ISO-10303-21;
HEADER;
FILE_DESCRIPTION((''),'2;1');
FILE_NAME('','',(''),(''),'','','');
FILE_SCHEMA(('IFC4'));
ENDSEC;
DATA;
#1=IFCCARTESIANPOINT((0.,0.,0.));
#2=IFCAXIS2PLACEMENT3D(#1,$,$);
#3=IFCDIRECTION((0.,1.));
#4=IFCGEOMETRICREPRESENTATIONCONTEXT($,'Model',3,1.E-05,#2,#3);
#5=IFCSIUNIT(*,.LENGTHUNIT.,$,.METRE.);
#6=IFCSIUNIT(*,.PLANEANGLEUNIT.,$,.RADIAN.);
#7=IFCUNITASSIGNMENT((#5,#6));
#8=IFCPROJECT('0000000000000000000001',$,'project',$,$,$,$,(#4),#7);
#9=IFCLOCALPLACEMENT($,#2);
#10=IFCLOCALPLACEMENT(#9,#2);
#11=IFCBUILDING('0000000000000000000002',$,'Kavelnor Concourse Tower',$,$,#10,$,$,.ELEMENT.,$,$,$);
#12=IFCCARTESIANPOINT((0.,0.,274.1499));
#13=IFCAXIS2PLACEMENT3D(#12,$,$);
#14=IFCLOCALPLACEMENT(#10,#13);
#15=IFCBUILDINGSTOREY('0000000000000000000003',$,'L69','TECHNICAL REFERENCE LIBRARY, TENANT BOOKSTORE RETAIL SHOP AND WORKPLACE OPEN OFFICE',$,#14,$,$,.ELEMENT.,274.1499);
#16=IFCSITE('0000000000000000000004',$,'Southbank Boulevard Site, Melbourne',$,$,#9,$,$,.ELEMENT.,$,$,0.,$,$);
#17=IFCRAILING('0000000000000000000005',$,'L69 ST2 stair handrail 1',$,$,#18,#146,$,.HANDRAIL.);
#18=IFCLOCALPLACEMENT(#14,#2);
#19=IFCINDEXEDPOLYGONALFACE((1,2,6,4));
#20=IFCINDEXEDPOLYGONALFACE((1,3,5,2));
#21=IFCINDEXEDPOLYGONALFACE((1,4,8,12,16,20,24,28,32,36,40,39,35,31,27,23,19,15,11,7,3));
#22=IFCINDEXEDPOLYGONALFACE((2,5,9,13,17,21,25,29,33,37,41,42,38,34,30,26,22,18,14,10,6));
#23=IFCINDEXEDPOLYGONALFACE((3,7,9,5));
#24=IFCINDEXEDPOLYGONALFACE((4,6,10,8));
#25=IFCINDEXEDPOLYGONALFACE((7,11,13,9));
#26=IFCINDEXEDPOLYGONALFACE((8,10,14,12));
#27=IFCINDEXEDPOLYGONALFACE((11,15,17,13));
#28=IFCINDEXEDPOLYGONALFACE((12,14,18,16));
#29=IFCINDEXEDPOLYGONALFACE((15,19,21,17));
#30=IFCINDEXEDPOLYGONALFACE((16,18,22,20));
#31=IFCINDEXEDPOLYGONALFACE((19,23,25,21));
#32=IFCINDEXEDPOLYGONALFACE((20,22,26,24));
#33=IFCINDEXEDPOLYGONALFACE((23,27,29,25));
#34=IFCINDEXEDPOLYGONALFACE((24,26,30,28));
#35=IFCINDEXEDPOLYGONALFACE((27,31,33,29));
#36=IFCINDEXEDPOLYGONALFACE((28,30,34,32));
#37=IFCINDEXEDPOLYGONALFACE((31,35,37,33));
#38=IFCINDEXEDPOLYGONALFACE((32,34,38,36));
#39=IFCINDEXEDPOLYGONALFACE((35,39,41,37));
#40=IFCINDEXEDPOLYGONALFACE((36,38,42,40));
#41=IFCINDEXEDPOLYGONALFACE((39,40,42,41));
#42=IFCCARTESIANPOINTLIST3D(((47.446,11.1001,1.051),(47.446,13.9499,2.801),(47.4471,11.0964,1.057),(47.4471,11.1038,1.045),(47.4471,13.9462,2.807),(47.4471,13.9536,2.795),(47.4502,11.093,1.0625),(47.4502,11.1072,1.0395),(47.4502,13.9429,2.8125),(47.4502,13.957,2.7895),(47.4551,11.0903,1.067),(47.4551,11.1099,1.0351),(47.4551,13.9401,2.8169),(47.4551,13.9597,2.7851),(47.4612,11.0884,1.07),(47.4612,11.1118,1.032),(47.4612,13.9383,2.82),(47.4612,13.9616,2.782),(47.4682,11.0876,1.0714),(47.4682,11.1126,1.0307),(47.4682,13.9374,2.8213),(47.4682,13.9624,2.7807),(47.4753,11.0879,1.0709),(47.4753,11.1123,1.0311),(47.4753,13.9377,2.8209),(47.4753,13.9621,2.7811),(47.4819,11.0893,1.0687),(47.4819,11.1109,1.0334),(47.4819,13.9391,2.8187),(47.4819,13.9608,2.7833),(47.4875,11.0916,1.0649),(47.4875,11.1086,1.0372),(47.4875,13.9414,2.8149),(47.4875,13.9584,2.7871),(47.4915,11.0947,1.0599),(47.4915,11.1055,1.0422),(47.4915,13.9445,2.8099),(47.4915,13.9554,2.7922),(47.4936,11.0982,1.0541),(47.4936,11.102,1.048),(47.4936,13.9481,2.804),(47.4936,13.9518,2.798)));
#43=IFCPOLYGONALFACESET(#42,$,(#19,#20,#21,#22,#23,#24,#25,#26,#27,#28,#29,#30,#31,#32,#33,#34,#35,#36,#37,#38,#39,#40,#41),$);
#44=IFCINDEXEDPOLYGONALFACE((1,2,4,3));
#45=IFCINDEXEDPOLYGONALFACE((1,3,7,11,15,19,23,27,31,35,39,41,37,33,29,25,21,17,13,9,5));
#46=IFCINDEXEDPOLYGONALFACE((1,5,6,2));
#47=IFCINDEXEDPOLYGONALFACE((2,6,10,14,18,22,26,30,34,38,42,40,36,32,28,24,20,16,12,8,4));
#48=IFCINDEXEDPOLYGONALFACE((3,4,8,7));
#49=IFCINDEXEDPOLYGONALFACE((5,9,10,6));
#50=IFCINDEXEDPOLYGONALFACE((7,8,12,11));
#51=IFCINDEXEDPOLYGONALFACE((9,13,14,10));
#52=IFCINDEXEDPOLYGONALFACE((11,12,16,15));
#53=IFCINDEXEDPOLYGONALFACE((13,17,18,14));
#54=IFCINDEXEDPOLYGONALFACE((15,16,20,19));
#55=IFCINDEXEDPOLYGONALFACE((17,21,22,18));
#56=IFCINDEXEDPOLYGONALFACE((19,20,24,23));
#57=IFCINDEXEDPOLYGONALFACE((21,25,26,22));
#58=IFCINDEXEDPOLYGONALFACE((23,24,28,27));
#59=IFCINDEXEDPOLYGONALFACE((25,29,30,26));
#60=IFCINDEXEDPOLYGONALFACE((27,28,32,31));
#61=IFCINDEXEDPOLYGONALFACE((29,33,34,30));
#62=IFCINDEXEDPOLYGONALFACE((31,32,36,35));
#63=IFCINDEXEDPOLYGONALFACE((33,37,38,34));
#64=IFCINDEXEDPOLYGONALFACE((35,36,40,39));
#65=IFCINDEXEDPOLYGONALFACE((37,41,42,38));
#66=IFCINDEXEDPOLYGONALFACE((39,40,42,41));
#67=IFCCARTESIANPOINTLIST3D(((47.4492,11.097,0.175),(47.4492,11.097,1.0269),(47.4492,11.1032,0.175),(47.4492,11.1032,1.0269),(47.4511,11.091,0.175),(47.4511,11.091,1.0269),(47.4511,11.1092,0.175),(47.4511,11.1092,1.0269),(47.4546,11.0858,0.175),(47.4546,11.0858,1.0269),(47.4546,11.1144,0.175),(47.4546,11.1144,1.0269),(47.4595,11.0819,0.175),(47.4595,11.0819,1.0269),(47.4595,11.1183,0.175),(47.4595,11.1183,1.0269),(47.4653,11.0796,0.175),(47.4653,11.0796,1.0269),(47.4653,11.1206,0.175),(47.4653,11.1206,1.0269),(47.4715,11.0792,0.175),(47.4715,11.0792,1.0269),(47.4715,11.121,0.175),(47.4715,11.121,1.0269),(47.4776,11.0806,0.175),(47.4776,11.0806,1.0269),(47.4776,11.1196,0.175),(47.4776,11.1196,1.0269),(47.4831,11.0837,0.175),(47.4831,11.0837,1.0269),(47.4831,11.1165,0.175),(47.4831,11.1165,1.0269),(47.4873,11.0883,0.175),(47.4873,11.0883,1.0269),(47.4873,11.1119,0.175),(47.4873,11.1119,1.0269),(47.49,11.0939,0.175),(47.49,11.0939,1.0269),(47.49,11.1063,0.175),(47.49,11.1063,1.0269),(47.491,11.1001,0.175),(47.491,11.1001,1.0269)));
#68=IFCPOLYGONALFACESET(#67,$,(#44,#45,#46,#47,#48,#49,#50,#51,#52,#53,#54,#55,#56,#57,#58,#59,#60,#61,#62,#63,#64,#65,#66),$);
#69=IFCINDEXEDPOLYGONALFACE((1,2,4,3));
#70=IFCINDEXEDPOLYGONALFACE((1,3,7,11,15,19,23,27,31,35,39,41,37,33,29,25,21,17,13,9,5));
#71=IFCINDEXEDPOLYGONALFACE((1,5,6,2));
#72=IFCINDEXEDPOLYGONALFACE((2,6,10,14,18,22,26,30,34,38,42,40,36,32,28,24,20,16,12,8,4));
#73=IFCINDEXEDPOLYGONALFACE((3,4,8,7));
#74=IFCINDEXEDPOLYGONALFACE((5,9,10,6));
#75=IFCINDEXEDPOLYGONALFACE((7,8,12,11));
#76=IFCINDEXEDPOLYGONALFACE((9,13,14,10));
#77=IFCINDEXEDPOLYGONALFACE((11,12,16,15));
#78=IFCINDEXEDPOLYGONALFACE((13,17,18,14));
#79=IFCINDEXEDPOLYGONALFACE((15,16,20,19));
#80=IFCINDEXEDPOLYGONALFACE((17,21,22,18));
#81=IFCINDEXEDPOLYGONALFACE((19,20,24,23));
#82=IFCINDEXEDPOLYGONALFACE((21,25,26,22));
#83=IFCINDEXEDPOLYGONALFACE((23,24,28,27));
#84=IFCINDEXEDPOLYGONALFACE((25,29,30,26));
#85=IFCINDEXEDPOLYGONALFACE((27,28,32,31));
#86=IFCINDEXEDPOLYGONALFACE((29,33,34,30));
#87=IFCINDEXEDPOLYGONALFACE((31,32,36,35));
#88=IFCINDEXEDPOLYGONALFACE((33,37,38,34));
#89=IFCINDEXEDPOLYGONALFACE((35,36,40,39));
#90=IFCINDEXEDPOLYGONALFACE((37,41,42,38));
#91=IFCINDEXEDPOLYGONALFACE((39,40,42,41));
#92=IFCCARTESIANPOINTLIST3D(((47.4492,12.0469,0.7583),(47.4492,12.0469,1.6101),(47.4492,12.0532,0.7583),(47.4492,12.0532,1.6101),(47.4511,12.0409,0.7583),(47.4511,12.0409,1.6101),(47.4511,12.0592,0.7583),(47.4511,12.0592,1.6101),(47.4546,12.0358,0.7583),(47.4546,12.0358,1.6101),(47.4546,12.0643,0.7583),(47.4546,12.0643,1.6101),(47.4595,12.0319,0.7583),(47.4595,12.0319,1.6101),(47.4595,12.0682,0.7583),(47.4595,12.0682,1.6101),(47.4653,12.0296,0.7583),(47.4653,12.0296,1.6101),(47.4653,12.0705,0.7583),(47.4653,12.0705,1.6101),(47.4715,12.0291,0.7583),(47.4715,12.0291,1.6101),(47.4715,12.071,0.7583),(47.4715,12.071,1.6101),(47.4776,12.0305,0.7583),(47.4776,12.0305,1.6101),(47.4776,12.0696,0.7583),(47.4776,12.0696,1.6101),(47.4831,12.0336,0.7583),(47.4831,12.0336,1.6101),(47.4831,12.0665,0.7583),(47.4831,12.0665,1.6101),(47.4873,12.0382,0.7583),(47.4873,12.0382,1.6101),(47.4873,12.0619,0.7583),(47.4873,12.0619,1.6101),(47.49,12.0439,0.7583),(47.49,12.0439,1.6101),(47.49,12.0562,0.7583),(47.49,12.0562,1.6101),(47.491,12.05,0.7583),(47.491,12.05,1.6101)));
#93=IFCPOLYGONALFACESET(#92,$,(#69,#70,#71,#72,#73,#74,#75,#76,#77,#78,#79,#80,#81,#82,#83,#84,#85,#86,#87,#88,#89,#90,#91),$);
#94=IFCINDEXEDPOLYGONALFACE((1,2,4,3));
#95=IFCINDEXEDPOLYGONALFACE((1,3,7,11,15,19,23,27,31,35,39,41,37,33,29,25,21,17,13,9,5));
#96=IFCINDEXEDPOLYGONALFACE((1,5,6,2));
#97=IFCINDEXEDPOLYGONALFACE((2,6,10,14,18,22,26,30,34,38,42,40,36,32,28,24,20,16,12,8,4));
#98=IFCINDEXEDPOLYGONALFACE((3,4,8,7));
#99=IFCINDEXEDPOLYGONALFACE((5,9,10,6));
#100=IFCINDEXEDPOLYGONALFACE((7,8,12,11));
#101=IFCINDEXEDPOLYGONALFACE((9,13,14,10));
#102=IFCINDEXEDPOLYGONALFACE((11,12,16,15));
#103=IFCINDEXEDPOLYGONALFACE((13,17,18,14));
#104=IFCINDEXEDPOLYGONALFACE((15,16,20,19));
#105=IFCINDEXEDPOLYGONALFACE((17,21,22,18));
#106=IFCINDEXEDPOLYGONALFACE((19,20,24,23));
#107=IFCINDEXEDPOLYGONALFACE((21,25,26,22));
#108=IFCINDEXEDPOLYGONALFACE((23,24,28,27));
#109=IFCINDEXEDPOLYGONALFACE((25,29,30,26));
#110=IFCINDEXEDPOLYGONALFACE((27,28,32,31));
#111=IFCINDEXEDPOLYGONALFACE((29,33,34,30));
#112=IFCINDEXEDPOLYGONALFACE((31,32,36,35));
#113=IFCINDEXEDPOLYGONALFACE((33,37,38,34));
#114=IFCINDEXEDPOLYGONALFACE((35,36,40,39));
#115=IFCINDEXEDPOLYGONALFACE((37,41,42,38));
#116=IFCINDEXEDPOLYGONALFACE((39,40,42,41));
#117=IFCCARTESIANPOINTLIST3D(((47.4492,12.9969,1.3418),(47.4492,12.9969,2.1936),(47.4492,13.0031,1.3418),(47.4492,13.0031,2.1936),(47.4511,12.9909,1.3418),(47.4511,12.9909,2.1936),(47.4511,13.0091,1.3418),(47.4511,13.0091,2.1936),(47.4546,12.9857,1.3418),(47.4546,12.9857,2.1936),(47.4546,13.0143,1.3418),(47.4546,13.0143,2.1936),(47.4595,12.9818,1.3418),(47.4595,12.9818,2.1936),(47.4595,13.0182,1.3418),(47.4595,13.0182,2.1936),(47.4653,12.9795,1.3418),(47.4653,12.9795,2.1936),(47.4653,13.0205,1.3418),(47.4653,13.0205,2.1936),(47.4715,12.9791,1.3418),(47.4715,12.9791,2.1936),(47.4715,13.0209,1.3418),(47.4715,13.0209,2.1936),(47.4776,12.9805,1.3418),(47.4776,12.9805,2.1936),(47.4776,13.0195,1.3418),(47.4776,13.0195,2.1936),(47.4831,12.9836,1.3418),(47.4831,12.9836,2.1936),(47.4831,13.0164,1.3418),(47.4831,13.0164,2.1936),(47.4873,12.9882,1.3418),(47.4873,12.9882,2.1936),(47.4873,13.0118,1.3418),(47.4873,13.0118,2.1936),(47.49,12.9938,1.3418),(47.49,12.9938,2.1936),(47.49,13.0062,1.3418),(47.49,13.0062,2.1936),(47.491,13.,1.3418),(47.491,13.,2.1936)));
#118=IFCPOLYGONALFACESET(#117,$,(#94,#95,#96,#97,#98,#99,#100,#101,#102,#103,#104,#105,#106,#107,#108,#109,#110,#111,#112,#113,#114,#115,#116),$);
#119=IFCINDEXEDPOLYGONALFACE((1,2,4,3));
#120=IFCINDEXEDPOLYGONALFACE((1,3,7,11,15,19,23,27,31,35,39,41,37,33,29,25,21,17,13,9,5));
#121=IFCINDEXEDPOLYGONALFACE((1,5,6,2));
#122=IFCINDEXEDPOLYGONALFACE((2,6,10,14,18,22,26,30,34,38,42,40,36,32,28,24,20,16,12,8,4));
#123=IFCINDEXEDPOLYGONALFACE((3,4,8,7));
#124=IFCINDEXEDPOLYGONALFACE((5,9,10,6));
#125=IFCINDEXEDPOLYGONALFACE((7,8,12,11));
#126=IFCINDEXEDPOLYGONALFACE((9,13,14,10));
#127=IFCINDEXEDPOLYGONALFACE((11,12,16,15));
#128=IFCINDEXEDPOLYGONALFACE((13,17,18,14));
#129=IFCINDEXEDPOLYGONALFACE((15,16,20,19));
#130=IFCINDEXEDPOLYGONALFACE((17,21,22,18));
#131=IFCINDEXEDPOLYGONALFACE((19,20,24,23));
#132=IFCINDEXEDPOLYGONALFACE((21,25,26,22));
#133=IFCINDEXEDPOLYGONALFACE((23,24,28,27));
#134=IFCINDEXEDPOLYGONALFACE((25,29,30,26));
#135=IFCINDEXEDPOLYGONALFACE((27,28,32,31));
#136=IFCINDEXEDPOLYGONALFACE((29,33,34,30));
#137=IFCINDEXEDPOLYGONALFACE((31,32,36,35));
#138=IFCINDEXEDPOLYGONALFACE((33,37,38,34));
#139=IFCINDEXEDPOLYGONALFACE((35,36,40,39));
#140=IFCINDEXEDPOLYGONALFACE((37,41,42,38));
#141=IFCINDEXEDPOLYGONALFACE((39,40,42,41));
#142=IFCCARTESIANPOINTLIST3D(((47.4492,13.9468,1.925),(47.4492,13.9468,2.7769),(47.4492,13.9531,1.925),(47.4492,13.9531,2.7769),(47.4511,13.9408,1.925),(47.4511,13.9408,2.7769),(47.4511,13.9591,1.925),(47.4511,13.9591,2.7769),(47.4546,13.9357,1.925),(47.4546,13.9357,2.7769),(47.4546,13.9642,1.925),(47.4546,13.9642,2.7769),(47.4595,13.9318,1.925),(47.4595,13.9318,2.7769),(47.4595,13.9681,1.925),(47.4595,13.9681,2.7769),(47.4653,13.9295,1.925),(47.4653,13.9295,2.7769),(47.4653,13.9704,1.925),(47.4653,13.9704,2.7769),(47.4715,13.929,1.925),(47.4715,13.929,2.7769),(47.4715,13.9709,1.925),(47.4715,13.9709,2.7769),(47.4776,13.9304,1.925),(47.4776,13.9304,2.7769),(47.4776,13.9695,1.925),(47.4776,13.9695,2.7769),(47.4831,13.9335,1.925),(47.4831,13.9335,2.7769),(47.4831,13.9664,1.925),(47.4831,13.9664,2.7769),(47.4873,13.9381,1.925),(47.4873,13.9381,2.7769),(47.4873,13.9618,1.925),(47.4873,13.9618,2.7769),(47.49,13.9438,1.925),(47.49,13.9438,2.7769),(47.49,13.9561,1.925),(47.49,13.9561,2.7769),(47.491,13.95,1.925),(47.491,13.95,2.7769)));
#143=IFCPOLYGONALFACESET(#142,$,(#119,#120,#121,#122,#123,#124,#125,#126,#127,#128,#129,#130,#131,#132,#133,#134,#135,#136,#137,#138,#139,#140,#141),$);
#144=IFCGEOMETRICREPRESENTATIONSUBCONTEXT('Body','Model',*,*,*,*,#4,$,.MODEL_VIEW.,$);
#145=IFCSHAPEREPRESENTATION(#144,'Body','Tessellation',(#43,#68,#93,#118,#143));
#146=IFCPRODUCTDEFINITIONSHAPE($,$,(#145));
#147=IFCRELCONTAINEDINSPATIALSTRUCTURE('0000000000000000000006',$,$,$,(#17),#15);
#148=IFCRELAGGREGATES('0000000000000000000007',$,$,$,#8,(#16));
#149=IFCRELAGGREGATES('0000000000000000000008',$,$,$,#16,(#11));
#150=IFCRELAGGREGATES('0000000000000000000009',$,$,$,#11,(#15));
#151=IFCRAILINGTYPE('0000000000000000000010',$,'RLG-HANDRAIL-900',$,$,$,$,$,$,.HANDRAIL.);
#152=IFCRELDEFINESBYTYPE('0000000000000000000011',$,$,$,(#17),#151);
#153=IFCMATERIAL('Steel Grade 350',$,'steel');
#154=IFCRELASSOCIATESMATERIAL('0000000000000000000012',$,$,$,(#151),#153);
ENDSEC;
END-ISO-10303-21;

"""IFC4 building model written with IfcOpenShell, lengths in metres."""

from ifc_helpers import new_model, si_unit, direction, frame, origin, origin_2d, place, context, subcontext, project, spatial, circle, extrude, material, type_object, element, save


model = new_model("IFC4")

# Units and contexts
model_context = context("Model", 3, precision=1e-05, world=origin(), true_north=direction((0.0, 1.0)))
body_context = subcontext(model_context, "Body", "Model", "MODEL_VIEW")
ifc_project = project(units=[si_unit("LENGTHUNIT", "METRE"), si_unit("PLANEANGLEUNIT", "RADIAN")], contexts=[model_context])

# Site, building, storey
site_placement = place(None, origin())
site = spatial("IfcSite", under=ifc_project, at=site_placement, Name="Southbank Boulevard Site, Melbourne", CompositionType="ELEMENT", RefElevation=0.0)
building_placement = place(site_placement, origin())
building = spatial("IfcBuilding", under=site, at=building_placement, Name="Kavelnor Concourse Tower", CompositionType="ELEMENT")
storey_placement = place(building_placement, frame((0.0, 0.0, 274.1499)))
storey = spatial("IfcBuildingStorey", under=building, at=storey_placement, Name="L69", Description="TECHNICAL REFERENCE LIBRARY, TENANT BOOKSTORE RETAIL SHOP AND WORKPLACE OPEN OFFICE", CompositionType="ELEMENT", Elevation=274.1499)

# Shared definitions
ifc_material_1 = material(Name="Steel Grade 350", Category="steel")

# Railing
railing_type_1 = type_object("IfcRailingType", Name="RLG-HANDRAIL-900", PredefinedType="HANDRAIL", material=ifc_material_1)
railing_1_placement = place(storey_placement, frame((47.47, 11.1001, 0.175)))
element("IfcRailing", 1, at=railing_1_placement, inside=storey, type_object=railing_type_1, Name="L69 ST2 stair handrail 1", PredefinedType="HANDRAIL", context=body_context, shape_type="SweptSolid", body=[
    extrude(circle(Radius=0.0239, at=origin_2d()), frame((0.0, 0.0, 0.876), z_axis=(0.0, 0.852159, 0.523283), x_axis=(-1.0, 0.0, 0.0)), (0.0, 0.0, 1.0), 3.3442),
    extrude(circle(Radius=0.021, at=origin_2d()), origin(), (0.0, 0.0, 1.0), 0.8518),
    extrude(circle(Radius=0.021, at=origin_2d()), frame((0.0, 0.95, 0.5833)), (0.0, 0.0, 1.0), 0.8518),
    extrude(circle(Radius=0.021, at=origin_2d()), frame((0.0, 1.8999, 1.1667)), (0.0, 0.0, 1.0), 0.8518),
    extrude(circle(Radius=0.021, at=origin_2d()), frame((0.0, 2.8499, 1.75)), (0.0, 0.0, 1.0), 0.8518),
])

save(model, "model.ifc")
